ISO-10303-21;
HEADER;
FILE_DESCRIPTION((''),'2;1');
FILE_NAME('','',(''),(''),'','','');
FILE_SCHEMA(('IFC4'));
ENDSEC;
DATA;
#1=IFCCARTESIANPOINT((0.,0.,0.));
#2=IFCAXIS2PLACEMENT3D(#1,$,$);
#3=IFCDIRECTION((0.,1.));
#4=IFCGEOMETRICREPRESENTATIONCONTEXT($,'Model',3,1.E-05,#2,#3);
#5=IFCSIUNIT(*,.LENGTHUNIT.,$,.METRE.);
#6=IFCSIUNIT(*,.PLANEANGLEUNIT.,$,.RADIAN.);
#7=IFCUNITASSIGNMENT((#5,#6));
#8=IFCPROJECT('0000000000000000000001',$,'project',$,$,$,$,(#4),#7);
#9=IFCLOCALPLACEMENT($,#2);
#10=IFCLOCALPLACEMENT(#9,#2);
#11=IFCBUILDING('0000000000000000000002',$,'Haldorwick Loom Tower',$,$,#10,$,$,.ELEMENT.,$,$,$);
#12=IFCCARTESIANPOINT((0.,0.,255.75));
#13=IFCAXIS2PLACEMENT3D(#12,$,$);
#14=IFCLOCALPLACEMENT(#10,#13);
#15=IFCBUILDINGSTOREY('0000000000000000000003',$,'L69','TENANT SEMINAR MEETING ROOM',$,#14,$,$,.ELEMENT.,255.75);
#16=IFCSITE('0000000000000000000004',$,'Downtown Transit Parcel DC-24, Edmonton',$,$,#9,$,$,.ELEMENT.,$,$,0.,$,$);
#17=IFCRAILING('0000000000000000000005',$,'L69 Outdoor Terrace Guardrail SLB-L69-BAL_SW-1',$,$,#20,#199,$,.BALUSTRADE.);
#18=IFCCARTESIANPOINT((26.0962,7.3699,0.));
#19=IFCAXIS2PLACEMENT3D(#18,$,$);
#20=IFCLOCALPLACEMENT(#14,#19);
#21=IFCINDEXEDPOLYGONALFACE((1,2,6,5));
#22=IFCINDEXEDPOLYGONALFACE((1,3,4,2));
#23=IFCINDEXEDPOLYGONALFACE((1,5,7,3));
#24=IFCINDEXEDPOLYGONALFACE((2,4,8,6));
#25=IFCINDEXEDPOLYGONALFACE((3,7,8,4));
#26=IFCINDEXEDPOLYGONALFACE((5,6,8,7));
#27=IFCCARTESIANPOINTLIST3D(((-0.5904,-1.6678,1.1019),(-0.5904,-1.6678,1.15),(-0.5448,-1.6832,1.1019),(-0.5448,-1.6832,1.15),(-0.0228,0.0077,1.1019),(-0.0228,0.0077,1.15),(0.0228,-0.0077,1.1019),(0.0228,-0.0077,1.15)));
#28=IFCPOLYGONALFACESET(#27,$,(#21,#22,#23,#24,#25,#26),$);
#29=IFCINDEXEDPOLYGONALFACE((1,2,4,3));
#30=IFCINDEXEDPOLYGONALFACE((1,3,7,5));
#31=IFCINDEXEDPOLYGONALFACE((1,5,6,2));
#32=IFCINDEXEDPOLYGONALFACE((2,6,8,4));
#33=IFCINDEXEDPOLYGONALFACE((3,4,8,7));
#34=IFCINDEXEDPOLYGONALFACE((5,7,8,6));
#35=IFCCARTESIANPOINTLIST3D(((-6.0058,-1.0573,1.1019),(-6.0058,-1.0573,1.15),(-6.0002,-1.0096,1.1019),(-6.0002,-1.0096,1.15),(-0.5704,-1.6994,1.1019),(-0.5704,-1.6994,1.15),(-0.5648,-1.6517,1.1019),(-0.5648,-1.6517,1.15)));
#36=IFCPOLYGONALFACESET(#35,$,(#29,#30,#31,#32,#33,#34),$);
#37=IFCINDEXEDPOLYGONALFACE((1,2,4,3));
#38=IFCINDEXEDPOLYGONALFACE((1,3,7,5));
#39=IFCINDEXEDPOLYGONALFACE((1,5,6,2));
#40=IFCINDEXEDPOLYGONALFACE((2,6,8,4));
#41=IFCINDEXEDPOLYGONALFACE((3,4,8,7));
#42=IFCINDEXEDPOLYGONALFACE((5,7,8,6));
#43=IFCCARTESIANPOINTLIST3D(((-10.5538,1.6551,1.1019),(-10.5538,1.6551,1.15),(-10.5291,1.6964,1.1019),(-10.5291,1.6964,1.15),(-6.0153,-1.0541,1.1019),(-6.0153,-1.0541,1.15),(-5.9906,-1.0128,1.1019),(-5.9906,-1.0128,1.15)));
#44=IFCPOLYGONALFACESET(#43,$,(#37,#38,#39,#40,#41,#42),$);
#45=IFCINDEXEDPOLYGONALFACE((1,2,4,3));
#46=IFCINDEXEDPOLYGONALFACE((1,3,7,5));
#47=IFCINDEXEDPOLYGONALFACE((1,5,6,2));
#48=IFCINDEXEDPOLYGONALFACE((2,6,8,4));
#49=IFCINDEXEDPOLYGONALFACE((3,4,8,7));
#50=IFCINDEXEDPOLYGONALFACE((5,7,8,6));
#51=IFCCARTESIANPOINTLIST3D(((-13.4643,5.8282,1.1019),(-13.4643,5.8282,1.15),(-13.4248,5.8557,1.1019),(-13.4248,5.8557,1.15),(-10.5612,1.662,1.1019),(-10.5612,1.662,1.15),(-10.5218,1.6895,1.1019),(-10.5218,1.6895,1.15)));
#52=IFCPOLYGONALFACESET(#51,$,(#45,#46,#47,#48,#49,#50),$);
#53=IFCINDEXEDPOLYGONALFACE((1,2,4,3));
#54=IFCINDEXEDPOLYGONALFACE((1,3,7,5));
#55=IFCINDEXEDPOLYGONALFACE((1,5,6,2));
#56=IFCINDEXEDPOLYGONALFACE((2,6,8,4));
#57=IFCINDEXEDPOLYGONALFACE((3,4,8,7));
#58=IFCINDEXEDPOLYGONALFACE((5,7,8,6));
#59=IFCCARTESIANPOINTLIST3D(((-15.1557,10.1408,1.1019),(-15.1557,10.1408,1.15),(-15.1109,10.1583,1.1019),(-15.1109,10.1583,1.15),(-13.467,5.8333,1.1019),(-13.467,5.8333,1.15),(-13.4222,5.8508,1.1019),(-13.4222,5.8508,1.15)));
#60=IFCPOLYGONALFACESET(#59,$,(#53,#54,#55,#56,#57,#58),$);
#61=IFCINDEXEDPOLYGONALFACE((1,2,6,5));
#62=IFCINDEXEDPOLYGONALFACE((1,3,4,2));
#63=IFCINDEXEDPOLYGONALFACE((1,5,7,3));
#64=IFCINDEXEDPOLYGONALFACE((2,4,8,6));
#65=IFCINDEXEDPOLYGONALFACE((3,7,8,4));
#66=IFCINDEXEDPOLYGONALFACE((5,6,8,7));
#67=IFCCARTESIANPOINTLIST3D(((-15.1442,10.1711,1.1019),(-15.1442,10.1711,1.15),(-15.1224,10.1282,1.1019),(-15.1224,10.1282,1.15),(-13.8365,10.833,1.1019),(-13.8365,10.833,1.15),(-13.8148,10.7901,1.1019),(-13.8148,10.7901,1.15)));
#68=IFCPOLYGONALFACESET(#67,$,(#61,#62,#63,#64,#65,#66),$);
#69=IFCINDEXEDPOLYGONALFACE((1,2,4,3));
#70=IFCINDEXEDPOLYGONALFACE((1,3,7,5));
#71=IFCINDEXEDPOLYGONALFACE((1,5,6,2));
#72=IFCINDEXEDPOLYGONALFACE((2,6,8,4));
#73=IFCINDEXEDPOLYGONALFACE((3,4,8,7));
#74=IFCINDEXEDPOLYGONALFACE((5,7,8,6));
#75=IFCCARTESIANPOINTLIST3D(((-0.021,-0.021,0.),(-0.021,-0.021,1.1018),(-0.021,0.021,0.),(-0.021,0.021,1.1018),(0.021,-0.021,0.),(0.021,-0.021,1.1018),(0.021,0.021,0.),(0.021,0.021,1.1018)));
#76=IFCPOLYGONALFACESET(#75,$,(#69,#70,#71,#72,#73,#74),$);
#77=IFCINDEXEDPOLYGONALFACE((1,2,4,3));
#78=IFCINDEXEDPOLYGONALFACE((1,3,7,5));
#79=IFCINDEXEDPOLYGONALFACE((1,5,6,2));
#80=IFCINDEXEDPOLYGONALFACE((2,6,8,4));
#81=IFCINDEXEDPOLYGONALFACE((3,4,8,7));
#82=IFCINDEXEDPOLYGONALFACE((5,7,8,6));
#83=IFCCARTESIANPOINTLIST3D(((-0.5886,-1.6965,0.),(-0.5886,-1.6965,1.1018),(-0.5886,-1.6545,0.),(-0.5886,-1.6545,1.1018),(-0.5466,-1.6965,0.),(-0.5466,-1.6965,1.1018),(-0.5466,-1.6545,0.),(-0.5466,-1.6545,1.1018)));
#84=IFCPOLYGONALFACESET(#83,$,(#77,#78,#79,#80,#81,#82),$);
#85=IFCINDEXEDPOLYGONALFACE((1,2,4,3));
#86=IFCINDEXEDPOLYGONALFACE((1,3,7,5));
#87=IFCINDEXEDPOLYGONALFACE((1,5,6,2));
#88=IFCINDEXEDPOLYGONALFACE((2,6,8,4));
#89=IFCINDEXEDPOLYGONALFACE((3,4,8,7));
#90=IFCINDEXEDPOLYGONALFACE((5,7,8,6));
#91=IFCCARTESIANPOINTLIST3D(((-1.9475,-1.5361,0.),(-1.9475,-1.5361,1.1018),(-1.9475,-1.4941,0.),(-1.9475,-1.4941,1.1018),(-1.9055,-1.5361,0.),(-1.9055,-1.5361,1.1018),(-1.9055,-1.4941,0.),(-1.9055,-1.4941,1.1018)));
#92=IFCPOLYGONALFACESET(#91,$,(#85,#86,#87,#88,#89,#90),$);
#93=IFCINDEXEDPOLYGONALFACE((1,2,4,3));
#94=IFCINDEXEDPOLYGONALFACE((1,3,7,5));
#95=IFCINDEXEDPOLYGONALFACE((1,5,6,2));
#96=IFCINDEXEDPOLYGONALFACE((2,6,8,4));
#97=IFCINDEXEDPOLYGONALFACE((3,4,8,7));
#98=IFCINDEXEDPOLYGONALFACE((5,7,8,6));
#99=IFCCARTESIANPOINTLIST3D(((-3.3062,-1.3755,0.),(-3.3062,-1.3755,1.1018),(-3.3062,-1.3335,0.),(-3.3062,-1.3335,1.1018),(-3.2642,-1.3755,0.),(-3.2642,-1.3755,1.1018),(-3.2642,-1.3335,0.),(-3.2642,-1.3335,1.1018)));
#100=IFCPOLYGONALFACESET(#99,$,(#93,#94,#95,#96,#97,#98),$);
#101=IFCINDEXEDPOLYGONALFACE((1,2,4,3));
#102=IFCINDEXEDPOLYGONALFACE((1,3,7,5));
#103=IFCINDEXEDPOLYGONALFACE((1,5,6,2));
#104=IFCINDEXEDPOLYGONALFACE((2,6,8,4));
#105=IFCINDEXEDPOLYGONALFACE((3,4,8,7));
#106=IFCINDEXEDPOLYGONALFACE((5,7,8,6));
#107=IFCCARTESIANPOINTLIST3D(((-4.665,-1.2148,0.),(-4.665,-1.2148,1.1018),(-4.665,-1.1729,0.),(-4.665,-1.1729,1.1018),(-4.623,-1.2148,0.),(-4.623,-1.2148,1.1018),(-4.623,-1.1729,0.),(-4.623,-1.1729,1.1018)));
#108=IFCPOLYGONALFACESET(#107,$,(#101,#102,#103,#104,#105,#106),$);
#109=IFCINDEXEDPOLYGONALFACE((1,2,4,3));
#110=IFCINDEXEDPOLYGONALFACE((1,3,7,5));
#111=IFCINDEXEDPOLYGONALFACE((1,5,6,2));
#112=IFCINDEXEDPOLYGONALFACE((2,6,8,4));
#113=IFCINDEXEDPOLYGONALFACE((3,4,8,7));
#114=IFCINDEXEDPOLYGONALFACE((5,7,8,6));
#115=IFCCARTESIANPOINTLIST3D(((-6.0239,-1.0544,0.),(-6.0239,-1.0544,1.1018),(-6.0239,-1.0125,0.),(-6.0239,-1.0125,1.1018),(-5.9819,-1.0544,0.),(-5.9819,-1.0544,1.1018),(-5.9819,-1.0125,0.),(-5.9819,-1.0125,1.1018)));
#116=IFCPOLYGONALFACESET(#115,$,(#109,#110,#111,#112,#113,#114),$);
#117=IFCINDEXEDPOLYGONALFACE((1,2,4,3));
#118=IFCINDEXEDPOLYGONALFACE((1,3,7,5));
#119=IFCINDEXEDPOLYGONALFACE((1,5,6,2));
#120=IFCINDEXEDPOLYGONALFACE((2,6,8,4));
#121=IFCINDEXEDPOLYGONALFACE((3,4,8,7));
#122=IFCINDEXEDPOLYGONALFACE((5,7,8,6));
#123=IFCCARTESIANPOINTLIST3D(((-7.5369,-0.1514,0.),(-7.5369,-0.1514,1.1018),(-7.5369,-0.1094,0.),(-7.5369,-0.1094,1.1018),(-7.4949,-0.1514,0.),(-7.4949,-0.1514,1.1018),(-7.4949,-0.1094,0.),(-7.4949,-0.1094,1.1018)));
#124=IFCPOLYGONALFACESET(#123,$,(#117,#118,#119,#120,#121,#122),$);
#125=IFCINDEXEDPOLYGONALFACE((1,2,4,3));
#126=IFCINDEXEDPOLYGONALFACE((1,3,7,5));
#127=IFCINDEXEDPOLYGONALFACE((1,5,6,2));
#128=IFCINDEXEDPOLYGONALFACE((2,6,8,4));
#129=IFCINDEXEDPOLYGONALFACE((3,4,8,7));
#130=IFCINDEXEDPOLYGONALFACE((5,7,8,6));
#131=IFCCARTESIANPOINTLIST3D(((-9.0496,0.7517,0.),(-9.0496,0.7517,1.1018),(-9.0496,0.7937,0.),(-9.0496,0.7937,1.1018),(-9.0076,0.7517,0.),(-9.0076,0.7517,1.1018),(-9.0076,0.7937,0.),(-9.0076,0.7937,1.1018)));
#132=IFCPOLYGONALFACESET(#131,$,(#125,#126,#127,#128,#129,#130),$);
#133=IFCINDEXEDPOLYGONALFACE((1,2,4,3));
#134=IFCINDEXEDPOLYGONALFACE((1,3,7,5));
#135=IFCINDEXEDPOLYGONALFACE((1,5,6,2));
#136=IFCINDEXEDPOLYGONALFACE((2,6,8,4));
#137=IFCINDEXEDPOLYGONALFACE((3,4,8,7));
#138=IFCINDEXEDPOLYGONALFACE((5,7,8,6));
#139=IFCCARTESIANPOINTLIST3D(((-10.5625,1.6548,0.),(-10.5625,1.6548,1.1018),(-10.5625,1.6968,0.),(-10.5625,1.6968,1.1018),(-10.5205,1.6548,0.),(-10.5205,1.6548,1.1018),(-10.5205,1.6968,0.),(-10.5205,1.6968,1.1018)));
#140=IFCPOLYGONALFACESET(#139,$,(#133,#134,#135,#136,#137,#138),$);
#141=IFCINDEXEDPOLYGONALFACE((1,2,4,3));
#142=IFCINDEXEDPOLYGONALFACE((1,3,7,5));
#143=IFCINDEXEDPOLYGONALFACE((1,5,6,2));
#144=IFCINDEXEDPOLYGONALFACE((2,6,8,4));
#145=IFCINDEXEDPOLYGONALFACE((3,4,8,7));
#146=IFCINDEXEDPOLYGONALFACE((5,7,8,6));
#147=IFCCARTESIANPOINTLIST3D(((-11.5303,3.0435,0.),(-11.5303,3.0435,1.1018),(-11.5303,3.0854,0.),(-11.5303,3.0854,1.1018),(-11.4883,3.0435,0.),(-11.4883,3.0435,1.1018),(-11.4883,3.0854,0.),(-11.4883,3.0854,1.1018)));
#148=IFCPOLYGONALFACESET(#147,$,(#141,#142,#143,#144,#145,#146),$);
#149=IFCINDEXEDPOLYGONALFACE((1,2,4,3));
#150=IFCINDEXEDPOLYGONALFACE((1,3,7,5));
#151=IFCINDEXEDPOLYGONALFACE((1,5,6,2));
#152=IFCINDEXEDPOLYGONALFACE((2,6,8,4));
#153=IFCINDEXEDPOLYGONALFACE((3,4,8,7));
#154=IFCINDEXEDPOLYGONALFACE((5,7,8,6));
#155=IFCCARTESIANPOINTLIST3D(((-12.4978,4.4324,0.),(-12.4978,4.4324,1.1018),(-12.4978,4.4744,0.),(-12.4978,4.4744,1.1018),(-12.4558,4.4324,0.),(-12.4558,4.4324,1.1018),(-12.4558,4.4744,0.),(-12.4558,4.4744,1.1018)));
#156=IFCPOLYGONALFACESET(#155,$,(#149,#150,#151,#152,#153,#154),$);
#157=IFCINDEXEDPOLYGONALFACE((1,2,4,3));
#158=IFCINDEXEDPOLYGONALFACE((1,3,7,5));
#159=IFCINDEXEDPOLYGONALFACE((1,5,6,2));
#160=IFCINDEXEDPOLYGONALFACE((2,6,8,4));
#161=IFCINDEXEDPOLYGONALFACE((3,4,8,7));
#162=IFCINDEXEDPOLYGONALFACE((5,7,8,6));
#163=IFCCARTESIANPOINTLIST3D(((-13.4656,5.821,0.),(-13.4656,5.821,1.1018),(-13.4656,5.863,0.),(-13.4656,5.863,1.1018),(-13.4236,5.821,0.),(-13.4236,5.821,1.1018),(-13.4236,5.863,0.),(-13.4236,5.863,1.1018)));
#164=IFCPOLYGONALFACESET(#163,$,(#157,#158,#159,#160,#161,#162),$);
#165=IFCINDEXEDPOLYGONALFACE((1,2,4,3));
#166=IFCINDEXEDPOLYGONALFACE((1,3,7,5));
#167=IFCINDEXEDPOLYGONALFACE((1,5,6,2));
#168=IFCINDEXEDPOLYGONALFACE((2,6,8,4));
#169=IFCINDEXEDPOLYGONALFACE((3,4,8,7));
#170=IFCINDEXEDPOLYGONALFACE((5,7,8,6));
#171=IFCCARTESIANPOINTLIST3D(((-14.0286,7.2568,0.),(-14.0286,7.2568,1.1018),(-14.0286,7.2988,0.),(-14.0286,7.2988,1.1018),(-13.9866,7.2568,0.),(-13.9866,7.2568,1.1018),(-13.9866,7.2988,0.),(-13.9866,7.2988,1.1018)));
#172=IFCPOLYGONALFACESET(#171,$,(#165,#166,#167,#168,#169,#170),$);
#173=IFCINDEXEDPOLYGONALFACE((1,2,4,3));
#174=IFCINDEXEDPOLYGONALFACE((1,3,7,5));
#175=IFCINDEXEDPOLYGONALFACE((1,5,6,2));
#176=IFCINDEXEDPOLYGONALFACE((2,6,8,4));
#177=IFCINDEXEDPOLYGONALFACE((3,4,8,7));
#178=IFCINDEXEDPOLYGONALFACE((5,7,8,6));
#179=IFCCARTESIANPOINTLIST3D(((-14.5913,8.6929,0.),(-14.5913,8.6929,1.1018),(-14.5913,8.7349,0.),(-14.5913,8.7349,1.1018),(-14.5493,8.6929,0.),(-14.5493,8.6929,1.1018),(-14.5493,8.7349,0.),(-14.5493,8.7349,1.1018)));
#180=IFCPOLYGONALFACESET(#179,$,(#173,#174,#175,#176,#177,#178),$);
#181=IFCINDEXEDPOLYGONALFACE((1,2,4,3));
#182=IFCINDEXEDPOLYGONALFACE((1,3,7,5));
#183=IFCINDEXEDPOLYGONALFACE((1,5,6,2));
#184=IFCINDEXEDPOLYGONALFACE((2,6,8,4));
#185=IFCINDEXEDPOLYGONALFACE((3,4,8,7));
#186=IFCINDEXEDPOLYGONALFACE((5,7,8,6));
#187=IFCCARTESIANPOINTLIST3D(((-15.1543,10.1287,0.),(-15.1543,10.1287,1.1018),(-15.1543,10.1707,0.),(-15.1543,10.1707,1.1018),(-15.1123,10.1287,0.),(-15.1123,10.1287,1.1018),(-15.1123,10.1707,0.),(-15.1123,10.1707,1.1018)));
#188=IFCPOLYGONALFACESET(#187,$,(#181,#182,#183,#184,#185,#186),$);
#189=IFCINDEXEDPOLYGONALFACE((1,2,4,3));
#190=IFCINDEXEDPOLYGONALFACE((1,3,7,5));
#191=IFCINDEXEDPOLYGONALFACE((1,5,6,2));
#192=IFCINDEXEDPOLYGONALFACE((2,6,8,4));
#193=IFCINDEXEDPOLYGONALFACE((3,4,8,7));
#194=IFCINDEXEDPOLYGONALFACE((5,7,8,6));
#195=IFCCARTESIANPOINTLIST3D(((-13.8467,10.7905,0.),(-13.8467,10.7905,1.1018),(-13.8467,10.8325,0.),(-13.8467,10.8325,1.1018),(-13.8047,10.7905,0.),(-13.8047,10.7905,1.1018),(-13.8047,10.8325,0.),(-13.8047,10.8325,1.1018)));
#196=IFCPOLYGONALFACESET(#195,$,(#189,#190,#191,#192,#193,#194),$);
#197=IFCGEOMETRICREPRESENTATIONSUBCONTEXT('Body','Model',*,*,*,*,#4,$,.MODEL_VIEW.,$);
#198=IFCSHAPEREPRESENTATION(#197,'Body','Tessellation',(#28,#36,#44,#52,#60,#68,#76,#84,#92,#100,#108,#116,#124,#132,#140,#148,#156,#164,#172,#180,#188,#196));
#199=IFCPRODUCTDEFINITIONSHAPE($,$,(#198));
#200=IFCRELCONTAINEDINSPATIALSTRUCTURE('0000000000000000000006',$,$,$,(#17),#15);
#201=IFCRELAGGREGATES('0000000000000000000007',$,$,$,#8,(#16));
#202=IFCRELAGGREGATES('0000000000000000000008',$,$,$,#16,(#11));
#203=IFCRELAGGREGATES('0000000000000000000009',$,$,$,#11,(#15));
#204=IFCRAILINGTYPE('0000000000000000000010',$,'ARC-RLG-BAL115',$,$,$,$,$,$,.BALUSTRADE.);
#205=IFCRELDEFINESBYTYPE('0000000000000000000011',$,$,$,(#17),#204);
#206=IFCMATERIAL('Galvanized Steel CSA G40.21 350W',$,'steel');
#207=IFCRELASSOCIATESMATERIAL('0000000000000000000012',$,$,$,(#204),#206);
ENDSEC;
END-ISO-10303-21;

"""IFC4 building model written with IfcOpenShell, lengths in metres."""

from ifc_helpers import new_model, si_unit, direction, frame, origin, origin_2d, place, context, subcontext, project, spatial, rectangle, extrude, material, type_object, element, save


model = new_model("IFC4")

# Units and contexts
model_context = context("Model", 3, precision=1e-05, world=origin(), true_north=direction((0.0, 1.0)))
body_context = subcontext(model_context, "Body", "Model", "MODEL_VIEW")
ifc_project = project(units=[si_unit("LENGTHUNIT", "METRE"), si_unit("PLANEANGLEUNIT", "RADIAN")], contexts=[model_context])

# Site, building, storey
site_placement = place(None, origin())
site = spatial("IfcSite", under=ifc_project, at=site_placement, Name="Downtown Transit Parcel DC-24, Edmonton", CompositionType="ELEMENT", RefElevation=0.0)
building_placement = place(site_placement, origin())
building = spatial("IfcBuilding", under=site, at=building_placement, Name="Haldorwick Loom Tower", CompositionType="ELEMENT")
storey_placement = place(building_placement, frame((0.0, 0.0, 255.75)))
storey = spatial("IfcBuildingStorey", under=building, at=storey_placement, Name="L69", Description="TENANT SEMINAR MEETING ROOM", CompositionType="ELEMENT", Elevation=255.75)

# Railing
ifc_material_1 = material(Name="Galvanized Steel CSA G40.21 350W", Category="steel")
railing_type = type_object("IfcRailingType", Name="ARC-RLG-BAL115", PredefinedType="BALUSTRADE", material=ifc_material_1)
railing_placement = place(storey_placement, frame((26.0962, 7.3699, 0.0)))
element("IfcRailing", 1, at=railing_placement, inside=storey, type_object=railing_type, Name="L69 Outdoor Terrace Guardrail SLB-L69-BAL_SW-1", PredefinedType="BALUSTRADE", context=body_context, shape_type="SweptSolid", body=[
    extrude(rectangle(XDim=0.0481, YDim=0.0481, at=origin_2d()), frame((0.0, 0.0, 1.126), z_axis=(-0.320861, -0.947126, 0.0), x_axis=(0.947126, -0.320861, 0.0)), (0.0, 0.0, 1.0), 1.769),
    extrude(rectangle(XDim=0.0481, YDim=0.0481, at=origin_2d()), frame((-0.5676, -1.6755, 1.126), z_axis=(-0.993094, 0.117317, 0.0), x_axis=(-0.117317, -0.993094, 0.0)), (0.0, 0.0, 1.0), 5.4731),
    extrude(rectangle(XDim=0.0481, YDim=0.0481, at=origin_2d()), frame((-6.0029, -1.0334, 1.126), z_axis=(-0.858652, 0.512559, 0.0), x_axis=(-0.512559, -0.858652, 0.0)), (0.0, 0.0, 1.0), 5.2856),
    extrude(rectangle(XDim=0.0481, YDim=0.0481, at=origin_2d()), frame((-10.5415, 1.6758, 1.126), z_axis=(-0.571702, 0.820461, 0.0), x_axis=(-0.820461, -0.571702, 0.0)), (0.0, 0.0, 1.0), 5.0779),
    extrude(rectangle(XDim=0.0481, YDim=0.0481, at=origin_2d()), frame((-13.4446, 5.842, 1.126), z_axis=(-0.364986, 0.931013, 0.0), x_axis=(-0.931013, -0.364986, 0.0)), (0.0, 0.0, 1.0), 4.6267),
    extrude(rectangle(XDim=0.0481, YDim=0.0481, at=origin_2d()), frame((-15.1333, 10.1497, 1.126), z_axis=(0.892217, 0.451606, 0.0), x_axis=(-0.451606, 0.892217, 0.0)), (0.0, 0.0, 1.0), 1.4656),
    extrude(rectangle(XDim=0.042, YDim=0.042, at=origin_2d()), origin(), (0.0, 0.0, 1.0), 1.1018),
    extrude(rectangle(XDim=0.042, YDim=0.042, at=origin_2d()), frame((-0.5676, -1.6755, 0.0)), (0.0, 0.0, 1.0), 1.1018),
    extrude(rectangle(XDim=0.042, YDim=0.042, at=origin_2d()), frame((-1.9265, -1.5151, 0.0)), (0.0, 0.0, 1.0), 1.1018),
    extrude(rectangle(XDim=0.042, YDim=0.042, at=origin_2d()), frame((-3.2852, -1.3545, 0.0)), (0.0, 0.0, 1.0), 1.1018),
    extrude(rectangle(XDim=0.042, YDim=0.042, at=origin_2d()), frame((-4.644, -1.1938, 0.0)), (0.0, 0.0, 1.0), 1.1018),
    extrude(rectangle(XDim=0.042, YDim=0.042, at=origin_2d()), frame((-6.0029, -1.0334, 0.0)), (0.0, 0.0, 1.0), 1.1018),
    extrude(rectangle(XDim=0.042, YDim=0.042, at=origin_2d()), frame((-7.5159, -0.1304, 0.0)), (0.0, 0.0, 1.0), 1.1018),
    extrude(rectangle(XDim=0.042, YDim=0.042, at=origin_2d()), frame((-9.0286, 0.7727, 0.0)), (0.0, 0.0, 1.0), 1.1018),
    extrude(rectangle(XDim=0.042, YDim=0.042, at=origin_2d()), frame((-10.5415, 1.6758, 0.0)), (0.0, 0.0, 1.0), 1.1018),
    extrude(rectangle(XDim=0.042, YDim=0.042, at=origin_2d()), frame((-11.5093, 3.0645, 0.0)), (0.0, 0.0, 1.0), 1.1018),
    extrude(rectangle(XDim=0.042, YDim=0.042, at=origin_2d()), frame((-12.4768, 4.4534, 0.0)), (0.0, 0.0, 1.0), 1.1018),
    extrude(rectangle(XDim=0.042, YDim=0.042, at=origin_2d()), frame((-13.4446, 5.842, 0.0)), (0.0, 0.0, 1.0), 1.1018),
    extrude(rectangle(XDim=0.042, YDim=0.042, at=origin_2d()), frame((-14.0076, 7.2778, 0.0)), (0.0, 0.0, 1.0), 1.1018),
    extrude(rectangle(XDim=0.042, YDim=0.042, at=origin_2d()), frame((-14.5703, 8.7139, 0.0)), (0.0, 0.0, 1.0), 1.1018),
    extrude(rectangle(XDim=0.042, YDim=0.042, at=origin_2d()), frame((-15.1333, 10.1497, 0.0)), (0.0, 0.0, 1.0), 1.1018),
    extrude(rectangle(XDim=0.042, YDim=0.042, at=origin_2d()), frame((-13.8257, 10.8115, 0.0)), (0.0, 0.0, 1.0), 1.1018),
])

save(model, "model.ifc")
